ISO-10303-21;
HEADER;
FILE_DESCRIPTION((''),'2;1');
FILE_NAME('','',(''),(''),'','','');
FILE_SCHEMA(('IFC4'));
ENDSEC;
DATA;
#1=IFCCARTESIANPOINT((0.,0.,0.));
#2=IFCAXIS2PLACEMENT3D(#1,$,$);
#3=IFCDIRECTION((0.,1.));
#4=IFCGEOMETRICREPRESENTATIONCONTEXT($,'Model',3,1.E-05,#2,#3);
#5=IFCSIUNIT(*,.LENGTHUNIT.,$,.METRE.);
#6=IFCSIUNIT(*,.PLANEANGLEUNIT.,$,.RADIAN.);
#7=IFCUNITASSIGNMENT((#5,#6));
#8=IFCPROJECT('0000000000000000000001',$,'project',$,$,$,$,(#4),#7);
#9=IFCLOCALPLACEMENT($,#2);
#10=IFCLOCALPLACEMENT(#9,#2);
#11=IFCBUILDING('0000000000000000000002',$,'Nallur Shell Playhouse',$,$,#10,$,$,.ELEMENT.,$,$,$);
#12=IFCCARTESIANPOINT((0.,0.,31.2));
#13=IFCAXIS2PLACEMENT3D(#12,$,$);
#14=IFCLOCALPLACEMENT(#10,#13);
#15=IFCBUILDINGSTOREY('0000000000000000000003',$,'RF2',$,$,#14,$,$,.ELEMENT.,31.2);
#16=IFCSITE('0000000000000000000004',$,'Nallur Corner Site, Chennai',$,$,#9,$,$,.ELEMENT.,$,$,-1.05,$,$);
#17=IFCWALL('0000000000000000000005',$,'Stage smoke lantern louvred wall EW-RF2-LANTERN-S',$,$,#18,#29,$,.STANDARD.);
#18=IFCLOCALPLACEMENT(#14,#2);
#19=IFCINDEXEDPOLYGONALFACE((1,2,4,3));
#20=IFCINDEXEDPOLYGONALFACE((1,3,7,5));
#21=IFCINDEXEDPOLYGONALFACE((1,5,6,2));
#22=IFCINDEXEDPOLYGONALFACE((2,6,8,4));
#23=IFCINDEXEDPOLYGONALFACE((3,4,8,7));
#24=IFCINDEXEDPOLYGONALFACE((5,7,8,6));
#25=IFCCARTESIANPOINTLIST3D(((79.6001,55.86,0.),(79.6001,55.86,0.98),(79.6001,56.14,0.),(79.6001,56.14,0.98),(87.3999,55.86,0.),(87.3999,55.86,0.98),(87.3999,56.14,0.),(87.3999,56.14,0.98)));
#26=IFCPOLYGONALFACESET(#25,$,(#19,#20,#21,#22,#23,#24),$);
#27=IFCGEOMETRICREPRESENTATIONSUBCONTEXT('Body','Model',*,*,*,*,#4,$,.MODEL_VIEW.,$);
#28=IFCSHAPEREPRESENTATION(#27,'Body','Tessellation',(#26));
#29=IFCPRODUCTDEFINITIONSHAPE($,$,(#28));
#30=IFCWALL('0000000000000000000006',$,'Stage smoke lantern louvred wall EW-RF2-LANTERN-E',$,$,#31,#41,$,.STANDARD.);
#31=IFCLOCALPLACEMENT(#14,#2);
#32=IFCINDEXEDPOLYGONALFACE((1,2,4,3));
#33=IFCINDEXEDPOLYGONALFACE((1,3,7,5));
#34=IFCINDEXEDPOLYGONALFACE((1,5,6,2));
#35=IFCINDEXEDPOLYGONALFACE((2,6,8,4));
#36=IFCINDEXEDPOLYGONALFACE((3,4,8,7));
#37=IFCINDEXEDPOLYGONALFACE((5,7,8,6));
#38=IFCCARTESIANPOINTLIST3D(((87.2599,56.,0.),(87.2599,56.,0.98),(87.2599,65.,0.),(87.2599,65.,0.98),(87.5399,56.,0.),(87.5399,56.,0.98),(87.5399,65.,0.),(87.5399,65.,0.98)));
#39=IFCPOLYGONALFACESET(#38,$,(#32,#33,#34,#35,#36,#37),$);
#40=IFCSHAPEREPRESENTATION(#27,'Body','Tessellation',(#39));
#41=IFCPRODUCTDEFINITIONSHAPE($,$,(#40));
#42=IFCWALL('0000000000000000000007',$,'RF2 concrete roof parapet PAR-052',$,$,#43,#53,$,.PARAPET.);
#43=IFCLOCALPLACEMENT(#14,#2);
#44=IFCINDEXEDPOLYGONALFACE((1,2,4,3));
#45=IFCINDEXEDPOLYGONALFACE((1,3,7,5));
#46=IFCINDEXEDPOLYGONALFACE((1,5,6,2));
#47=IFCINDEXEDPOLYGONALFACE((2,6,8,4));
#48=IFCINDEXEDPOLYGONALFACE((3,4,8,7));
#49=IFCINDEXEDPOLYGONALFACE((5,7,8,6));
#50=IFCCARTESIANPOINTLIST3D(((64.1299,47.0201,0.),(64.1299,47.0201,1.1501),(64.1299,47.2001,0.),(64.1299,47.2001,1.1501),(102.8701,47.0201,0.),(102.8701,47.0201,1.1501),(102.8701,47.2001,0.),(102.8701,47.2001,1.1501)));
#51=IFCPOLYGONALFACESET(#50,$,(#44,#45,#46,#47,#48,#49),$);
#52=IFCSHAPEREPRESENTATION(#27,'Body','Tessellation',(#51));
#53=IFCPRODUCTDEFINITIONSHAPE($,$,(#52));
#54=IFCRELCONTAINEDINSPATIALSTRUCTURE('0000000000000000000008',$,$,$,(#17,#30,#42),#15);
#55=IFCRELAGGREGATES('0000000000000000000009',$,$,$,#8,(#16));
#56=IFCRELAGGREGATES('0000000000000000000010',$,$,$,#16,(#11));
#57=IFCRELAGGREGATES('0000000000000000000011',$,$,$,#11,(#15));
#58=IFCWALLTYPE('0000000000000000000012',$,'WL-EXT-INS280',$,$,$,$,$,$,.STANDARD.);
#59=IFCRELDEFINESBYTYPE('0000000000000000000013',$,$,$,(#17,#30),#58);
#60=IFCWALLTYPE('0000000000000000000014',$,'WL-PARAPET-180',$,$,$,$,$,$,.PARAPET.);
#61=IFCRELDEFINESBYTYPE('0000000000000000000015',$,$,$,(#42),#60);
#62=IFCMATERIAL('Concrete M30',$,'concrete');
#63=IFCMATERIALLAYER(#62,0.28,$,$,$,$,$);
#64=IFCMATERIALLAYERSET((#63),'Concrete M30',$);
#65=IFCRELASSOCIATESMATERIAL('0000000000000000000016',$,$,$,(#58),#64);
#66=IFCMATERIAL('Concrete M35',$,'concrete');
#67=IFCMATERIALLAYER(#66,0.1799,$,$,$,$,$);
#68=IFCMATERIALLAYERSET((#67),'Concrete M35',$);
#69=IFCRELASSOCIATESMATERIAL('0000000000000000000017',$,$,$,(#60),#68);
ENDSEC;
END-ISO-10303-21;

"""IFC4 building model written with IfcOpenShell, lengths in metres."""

from ifc_helpers import new_model, si_unit, direction, frame, frame_2d, origin, place, context, subcontext, project, spatial, rectangle, extrude, material, layer, layer_set, type_object, element, save


model = new_model("IFC4")

# Units and contexts
model_context = context("Model", 3, precision=1e-05, world=origin(), true_north=direction((0.0, 1.0)))
body_context = subcontext(model_context, "Body", "Model", "MODEL_VIEW")
ifc_project = project(units=[si_unit("LENGTHUNIT", "METRE"), si_unit("PLANEANGLEUNIT", "RADIAN")], contexts=[model_context])

# Site, building, storey
site_placement = place(None, origin())
site = spatial("IfcSite", under=ifc_project, at=site_placement, Name="Nallur Corner Site, Chennai", CompositionType="ELEMENT", RefElevation=-1.05)
building_placement = place(site_placement, origin())
building = spatial("IfcBuilding", under=site, at=building_placement, Name="Nallur Shell Playhouse", CompositionType="ELEMENT")
storey_placement = place(building_placement, frame((0.0, 0.0, 31.2)))
storey = spatial("IfcBuildingStorey", under=building, at=storey_placement, Name="RF2", CompositionType="ELEMENT", Elevation=31.2)

# Shared definitions
ifc_material_1 = material(Name="Concrete M30", Category="concrete")

# Walls
ifc_layer_1 = layer(ifc_material_1, 0.28)
ifc_layer_set_1 = layer_set([ifc_layer_1], Name="Concrete M30")
wall_type_1 = type_object("IfcWallType", Name="WL-EXT-INS280", PredefinedType="STANDARD", material=ifc_layer_set_1)
wall_1_placement = place(storey_placement, frame((79.6001, 56.0, 0.0), z_axis=(0.0, 0.0, 1.0), x_axis=(1.0, 0.0, 0.0)))
element("IfcWall", 1, at=wall_1_placement, inside=storey, type_object=wall_type_1, Name="Stage smoke lantern louvred wall EW-RF2-LANTERN-S", PredefinedType="STANDARD", context=body_context, shape_type="SweptSolid", body=[
    extrude(rectangle(XDim=7.7998, YDim=0.28, at=frame_2d((3.8999, 0.0))), origin(), (0.0, 0.0, 1.0), 0.98),
])
wall_2_placement = place(storey_placement, frame((87.3999, 56.0, 0.0), z_axis=(0.0, 0.0, 1.0), x_axis=(0.0, 1.0, 0.0)))
element("IfcWall", 2, at=wall_2_placement, inside=storey, type_object=wall_type_1, Name="Stage smoke lantern louvred wall EW-RF2-LANTERN-E", PredefinedType="STANDARD", context=body_context, shape_type="SweptSolid", body=[
    extrude(rectangle(XDim=9.0, YDim=0.28, at=frame_2d((4.5, 0.0))), origin(), (0.0, 0.0, 1.0), 0.98),
])
ifc_material_2 = material(Name="Concrete M35", Category="concrete")
ifc_layer_2 = layer(ifc_material_2, 0.1799)
ifc_layer_set_2 = layer_set([ifc_layer_2], Name="Concrete M35")
wall_type_2 = type_object("IfcWallType", Name="WL-PARAPET-180", PredefinedType="PARAPET", material=ifc_layer_set_2)
wall_3_placement = place(storey_placement, frame((102.8701, 47.1101, 0.0), z_axis=(0.0, 0.0, 1.0), x_axis=(-1.0, 0.0, 0.0)))
element("IfcWall", 3, at=wall_3_placement, inside=storey, type_object=wall_type_2, Name="RF2 concrete roof parapet PAR-052", PredefinedType="PARAPET", context=body_context, shape_type="SweptSolid", body=[
    extrude(rectangle(XDim=38.7402, YDim=0.1799, at=frame_2d((19.3701, 0.0))), origin(), (0.0, 0.0, 1.0), 1.1501),
])

save(model, "model.ifc")
